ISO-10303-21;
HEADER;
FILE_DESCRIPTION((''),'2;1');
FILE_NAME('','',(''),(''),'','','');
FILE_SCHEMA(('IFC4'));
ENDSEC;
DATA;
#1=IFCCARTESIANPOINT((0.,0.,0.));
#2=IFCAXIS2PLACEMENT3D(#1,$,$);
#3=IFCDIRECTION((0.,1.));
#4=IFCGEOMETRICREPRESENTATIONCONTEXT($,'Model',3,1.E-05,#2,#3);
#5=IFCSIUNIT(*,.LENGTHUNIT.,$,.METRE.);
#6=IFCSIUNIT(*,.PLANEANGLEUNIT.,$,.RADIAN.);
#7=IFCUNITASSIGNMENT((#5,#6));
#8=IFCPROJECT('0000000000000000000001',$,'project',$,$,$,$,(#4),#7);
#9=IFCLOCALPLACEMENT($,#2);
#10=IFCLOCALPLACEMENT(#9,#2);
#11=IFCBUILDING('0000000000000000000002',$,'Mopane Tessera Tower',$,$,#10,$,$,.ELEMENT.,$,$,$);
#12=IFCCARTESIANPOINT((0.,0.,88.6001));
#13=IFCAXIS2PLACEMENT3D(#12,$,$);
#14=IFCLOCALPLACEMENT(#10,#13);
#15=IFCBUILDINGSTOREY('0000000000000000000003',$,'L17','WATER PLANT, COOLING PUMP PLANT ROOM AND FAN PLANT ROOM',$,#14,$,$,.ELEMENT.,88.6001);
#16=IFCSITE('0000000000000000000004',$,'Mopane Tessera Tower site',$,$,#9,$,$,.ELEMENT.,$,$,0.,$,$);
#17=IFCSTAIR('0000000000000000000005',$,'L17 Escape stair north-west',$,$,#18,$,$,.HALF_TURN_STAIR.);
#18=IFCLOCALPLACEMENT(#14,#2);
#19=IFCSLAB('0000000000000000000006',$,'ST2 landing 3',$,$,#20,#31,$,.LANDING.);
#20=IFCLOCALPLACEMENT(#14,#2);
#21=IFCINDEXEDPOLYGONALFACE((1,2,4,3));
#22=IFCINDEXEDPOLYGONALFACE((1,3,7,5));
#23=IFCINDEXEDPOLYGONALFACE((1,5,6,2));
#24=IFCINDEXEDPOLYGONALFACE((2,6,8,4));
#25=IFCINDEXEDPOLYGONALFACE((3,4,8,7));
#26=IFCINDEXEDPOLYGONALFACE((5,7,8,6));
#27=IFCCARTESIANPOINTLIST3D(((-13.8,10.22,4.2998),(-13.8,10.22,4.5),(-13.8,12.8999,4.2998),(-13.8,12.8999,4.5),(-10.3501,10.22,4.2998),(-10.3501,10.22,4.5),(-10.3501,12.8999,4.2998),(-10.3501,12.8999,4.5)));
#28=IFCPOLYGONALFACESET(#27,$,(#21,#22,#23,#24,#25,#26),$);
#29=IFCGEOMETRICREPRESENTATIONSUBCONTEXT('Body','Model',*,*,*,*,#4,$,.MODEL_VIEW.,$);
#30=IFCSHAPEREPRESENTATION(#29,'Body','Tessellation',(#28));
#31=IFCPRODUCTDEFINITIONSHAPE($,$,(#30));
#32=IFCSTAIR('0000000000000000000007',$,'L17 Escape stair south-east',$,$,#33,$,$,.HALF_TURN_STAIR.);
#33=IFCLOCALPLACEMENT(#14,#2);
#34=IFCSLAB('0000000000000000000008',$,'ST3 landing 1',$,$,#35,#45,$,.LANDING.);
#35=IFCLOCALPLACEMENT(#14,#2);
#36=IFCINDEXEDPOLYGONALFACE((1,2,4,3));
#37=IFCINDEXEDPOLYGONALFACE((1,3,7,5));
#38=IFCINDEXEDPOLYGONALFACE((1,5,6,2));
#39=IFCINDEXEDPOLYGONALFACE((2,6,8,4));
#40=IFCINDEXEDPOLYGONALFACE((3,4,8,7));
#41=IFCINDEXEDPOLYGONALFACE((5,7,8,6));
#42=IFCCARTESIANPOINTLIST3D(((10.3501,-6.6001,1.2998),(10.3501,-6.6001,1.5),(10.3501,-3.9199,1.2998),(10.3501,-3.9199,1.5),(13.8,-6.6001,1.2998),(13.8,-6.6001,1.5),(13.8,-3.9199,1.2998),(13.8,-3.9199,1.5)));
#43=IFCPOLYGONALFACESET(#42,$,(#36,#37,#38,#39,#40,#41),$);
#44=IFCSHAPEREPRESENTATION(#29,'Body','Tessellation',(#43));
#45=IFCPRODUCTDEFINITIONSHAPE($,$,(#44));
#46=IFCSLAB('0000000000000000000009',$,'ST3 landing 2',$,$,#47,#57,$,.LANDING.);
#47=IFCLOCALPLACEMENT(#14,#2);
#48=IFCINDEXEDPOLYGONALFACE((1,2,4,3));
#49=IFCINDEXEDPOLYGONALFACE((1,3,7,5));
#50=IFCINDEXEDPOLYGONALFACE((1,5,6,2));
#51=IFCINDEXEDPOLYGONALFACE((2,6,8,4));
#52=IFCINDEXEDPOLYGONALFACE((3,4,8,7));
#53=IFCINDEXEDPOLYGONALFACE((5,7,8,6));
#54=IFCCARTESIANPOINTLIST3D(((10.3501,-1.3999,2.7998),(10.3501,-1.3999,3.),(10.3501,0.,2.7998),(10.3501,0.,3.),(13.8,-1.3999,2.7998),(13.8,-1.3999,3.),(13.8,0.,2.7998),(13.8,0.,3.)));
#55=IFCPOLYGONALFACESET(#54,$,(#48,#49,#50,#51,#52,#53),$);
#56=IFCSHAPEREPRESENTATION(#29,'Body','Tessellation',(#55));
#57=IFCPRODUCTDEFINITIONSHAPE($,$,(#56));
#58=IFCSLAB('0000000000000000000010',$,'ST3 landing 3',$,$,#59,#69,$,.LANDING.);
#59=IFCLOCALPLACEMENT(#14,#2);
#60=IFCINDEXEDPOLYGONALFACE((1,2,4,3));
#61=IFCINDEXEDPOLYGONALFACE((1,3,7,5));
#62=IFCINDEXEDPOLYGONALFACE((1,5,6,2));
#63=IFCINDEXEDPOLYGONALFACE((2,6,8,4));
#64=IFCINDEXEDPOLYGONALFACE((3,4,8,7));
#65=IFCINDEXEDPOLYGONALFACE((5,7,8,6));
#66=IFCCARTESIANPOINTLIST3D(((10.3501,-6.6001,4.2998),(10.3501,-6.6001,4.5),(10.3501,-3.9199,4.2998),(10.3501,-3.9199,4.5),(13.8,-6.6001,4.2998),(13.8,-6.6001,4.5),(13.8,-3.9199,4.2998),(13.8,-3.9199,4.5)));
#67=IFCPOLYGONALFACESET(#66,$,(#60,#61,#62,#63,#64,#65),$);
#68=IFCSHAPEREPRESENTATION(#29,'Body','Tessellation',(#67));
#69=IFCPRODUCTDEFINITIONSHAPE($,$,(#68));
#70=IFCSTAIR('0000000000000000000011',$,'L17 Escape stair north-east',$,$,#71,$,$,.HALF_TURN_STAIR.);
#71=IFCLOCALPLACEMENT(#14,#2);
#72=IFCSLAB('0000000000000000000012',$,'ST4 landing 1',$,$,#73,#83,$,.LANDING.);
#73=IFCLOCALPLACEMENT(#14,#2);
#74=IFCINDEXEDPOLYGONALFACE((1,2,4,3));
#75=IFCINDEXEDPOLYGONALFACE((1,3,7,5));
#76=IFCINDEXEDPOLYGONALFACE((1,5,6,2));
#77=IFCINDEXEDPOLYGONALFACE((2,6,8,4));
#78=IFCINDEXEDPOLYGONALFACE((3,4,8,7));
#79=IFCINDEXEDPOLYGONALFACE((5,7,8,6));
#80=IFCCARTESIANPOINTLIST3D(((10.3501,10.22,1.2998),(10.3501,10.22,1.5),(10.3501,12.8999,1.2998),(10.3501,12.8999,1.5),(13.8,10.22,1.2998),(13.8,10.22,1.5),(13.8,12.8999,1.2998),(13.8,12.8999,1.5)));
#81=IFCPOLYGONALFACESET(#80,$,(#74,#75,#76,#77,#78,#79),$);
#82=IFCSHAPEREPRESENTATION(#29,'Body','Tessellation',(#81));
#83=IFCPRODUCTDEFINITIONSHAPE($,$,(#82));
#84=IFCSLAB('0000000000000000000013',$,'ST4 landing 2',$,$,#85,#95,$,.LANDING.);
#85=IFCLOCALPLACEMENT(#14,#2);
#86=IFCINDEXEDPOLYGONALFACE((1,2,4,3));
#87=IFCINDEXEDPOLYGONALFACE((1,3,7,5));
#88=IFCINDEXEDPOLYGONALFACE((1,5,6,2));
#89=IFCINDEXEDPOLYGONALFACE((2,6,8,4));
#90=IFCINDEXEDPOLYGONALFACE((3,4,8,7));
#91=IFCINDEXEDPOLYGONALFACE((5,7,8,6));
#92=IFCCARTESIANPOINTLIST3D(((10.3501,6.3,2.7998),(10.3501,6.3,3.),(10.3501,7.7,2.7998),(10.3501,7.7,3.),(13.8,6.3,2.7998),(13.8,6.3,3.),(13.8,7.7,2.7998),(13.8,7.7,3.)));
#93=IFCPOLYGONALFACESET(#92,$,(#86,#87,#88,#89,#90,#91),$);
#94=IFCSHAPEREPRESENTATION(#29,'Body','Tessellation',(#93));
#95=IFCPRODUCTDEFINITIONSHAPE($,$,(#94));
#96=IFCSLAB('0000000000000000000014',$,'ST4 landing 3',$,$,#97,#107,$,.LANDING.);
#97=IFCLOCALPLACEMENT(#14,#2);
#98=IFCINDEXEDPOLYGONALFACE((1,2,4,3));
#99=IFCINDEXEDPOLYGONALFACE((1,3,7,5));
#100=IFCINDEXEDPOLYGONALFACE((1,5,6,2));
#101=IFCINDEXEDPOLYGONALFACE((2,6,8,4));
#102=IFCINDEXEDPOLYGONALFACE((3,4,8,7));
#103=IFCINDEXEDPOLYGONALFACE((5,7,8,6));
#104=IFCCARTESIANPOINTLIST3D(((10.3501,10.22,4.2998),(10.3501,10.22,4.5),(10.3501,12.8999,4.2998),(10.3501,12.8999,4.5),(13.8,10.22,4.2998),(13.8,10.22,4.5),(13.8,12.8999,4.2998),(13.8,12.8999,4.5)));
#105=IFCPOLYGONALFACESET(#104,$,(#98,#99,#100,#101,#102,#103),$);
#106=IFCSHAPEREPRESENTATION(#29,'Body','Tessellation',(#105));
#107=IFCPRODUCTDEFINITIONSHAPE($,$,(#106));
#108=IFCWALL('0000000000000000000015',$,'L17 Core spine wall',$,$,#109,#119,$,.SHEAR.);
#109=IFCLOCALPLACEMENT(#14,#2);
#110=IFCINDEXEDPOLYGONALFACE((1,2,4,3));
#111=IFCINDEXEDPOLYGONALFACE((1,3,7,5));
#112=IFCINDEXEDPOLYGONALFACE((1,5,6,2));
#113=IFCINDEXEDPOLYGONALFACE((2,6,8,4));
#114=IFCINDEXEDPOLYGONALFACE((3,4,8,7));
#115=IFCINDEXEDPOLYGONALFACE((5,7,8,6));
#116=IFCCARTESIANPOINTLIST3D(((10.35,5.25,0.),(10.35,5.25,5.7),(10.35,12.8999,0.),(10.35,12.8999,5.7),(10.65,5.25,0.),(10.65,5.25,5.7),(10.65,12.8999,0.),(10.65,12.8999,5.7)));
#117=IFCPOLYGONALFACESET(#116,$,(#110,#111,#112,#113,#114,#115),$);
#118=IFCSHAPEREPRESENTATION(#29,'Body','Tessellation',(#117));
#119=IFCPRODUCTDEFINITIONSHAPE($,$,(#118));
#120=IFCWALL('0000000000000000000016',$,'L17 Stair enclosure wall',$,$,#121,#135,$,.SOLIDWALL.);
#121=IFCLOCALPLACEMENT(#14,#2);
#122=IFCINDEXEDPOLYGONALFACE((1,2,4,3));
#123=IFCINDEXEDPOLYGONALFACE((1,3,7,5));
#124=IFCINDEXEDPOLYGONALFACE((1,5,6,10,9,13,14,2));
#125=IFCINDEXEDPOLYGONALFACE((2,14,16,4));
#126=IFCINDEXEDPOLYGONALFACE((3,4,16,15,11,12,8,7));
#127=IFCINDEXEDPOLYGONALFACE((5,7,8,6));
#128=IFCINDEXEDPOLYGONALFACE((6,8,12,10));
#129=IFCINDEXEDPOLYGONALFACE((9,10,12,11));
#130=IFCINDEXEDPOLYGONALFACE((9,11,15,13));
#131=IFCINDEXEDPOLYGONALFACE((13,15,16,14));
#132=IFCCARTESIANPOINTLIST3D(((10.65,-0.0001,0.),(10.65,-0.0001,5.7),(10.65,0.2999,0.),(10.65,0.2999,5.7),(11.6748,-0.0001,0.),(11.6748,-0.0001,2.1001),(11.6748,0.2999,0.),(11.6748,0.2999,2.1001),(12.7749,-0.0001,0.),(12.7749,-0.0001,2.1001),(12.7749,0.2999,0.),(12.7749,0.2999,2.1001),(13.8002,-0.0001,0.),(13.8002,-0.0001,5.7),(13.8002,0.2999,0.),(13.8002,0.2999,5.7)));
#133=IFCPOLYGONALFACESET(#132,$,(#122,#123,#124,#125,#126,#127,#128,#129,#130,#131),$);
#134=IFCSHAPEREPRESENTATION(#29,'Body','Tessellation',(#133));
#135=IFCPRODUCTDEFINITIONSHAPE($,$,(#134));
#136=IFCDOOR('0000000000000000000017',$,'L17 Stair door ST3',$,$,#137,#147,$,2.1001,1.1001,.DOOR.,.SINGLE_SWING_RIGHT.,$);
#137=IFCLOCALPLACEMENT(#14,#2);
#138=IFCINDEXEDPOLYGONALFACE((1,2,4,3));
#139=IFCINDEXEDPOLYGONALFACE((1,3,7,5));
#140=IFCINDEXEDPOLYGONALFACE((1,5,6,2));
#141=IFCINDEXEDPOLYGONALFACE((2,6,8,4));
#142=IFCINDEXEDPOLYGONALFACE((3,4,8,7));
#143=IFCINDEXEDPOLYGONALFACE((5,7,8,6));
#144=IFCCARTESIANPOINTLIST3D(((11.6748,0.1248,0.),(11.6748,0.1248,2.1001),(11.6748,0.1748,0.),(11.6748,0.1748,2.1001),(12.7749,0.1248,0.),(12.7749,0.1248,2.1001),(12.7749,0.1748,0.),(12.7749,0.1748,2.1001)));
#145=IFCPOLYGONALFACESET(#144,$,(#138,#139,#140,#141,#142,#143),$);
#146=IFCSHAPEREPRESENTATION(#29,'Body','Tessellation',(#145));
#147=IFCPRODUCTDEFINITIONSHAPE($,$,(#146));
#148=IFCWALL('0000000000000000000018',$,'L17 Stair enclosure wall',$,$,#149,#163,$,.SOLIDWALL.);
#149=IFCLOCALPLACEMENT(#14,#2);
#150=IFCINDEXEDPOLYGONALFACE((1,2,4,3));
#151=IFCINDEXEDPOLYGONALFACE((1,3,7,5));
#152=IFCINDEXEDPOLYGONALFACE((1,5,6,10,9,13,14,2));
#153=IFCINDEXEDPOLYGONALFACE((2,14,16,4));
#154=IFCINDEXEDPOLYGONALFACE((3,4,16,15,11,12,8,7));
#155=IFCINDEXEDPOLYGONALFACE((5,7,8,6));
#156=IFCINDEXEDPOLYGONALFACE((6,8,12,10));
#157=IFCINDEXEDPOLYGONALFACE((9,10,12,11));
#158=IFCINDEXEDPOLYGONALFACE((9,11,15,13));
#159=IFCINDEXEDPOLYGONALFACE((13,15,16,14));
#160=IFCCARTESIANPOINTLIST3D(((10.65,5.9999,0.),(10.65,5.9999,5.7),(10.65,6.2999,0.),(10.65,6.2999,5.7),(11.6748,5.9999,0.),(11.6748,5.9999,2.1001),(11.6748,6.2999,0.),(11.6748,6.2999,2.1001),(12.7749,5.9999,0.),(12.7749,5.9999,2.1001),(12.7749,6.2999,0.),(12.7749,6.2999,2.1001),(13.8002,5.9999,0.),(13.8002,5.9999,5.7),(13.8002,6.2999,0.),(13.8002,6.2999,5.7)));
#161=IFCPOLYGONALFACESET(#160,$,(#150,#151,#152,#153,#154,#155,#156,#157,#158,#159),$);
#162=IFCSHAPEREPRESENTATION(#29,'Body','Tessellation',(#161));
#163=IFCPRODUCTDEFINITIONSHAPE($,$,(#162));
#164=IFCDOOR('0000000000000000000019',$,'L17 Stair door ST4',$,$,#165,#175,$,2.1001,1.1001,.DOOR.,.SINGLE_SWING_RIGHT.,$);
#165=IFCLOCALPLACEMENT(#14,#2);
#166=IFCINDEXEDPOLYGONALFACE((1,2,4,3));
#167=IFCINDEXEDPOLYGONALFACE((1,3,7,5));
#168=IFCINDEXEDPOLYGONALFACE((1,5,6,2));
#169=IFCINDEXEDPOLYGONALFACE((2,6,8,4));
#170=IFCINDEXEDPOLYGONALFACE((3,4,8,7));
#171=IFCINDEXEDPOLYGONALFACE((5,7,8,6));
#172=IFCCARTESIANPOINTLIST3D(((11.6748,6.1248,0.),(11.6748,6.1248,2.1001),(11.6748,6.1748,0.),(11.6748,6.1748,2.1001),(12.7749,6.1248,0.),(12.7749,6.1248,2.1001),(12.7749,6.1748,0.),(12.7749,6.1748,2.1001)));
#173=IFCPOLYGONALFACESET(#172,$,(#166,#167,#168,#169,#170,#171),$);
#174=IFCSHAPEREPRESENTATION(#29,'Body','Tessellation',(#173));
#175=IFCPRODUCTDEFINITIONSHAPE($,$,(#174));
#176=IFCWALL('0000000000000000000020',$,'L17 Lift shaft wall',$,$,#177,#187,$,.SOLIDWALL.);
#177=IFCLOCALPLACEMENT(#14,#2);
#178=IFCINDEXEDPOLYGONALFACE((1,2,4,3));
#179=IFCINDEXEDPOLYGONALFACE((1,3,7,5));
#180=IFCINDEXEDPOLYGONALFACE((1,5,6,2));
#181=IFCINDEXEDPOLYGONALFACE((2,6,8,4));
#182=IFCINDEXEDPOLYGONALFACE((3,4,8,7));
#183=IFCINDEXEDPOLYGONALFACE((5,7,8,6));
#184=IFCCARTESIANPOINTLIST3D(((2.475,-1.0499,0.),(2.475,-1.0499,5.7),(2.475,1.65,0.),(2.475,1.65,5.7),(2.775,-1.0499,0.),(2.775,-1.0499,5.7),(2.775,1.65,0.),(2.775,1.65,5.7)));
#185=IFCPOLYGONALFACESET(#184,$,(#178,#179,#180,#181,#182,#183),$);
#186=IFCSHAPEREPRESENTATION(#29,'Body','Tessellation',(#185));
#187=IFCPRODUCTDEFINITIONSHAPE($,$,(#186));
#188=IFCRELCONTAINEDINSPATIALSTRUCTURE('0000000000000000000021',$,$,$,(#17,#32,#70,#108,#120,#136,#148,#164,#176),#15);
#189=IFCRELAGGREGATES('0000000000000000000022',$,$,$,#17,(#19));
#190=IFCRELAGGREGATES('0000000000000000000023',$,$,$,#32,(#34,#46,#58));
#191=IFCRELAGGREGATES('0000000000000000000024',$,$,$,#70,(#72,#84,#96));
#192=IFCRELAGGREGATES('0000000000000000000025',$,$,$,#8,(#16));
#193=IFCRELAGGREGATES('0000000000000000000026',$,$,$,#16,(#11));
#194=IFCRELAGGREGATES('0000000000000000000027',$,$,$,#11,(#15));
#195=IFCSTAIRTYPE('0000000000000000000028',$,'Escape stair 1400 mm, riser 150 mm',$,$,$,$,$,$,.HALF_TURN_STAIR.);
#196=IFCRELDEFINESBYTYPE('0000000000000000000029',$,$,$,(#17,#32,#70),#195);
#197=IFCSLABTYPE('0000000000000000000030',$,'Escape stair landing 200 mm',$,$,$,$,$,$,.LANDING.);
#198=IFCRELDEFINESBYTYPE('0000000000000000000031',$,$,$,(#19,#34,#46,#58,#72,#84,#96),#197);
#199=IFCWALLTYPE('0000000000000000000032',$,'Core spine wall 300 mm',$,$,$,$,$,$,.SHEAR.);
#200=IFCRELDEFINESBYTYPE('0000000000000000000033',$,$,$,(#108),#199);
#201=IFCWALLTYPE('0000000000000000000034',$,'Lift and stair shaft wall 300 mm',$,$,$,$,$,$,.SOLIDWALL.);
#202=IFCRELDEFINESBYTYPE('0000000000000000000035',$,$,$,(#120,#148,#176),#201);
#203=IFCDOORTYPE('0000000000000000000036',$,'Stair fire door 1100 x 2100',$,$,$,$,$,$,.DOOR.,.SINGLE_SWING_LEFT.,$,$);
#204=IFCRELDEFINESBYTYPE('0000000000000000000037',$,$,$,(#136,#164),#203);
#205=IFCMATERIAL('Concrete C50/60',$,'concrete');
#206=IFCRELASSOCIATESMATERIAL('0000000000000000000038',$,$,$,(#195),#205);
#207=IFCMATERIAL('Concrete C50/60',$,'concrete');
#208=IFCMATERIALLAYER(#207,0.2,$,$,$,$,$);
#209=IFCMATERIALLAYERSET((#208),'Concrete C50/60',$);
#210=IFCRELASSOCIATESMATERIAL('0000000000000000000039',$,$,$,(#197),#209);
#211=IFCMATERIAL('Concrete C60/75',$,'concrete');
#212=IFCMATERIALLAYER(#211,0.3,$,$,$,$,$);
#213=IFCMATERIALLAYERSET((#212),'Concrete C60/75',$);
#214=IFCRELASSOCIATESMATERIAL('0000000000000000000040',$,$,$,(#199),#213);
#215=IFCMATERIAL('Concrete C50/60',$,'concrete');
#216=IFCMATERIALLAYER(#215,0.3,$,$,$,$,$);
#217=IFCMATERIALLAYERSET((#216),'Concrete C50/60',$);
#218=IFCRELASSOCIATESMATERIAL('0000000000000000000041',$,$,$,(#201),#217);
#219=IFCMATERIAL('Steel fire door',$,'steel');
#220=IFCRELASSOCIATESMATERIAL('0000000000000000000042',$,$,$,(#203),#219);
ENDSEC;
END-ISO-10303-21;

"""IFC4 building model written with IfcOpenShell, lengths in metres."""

from ifc_helpers import new_model, si_unit, direction, frame, frame_2d, origin, place, context, subcontext, project, spatial, polyline, rectangle, outline, extrude, material, layer, layer_set, type_object, element, fill, aggregate, save


model = new_model("IFC4")

# Units and contexts
model_context = context("Model", 3, precision=1e-05, world=origin(), true_north=direction((0.0, 1.0)))
body_context = subcontext(model_context, "Body", "Model", "MODEL_VIEW")
ifc_project = project(units=[si_unit("LENGTHUNIT", "METRE"), si_unit("PLANEANGLEUNIT", "RADIAN")], contexts=[model_context])

# Site, building, storey
site_placement = place(None, origin())
site = spatial("IfcSite", under=ifc_project, at=site_placement, Name="Mopane Tessera Tower site", CompositionType="ELEMENT", RefElevation=0.0)
building_placement = place(site_placement, origin())
building = spatial("IfcBuilding", under=site, at=building_placement, Name="Mopane Tessera Tower", CompositionType="ELEMENT")
storey_placement = place(building_placement, frame((0.0, 0.0, 88.6001)))
storey = spatial("IfcBuildingStorey", under=building, at=storey_placement, Name="L17", Description="WATER PLANT, COOLING PUMP PLANT ROOM AND FAN PLANT ROOM", CompositionType="ELEMENT", Elevation=88.6001)

# Stairs, slabs
ifc_material_1 = material(Name="Concrete C50/60", Category="concrete")
stair_type = type_object("IfcStairType", Name="Escape stair 1400 mm, riser 150 mm", PredefinedType="HALF_TURN_STAIR", material=ifc_material_1)
ifc_material_2 = material(Name="Concrete C50/60", Category="concrete")
ifc_layer_1 = layer(ifc_material_2, 0.2)
ifc_layer_set_1 = layer_set([ifc_layer_1], Name="Concrete C50/60")
slab_type_1 = type_object("IfcSlabType", Name="Escape stair landing 200 mm", PredefinedType="LANDING", material=ifc_layer_set_1)
stair_1_placement = place(storey_placement, origin())
stair_1 = element("IfcStair", 1, at=stair_1_placement, inside=storey, type_object=stair_type, Name="L17 Escape stair north-west", PredefinedType="HALF_TURN_STAIR")
slab_1_placement = place(storey_placement, frame((0.0, 0.0, 4.2998)))
slab_1 = element("IfcSlab", 2, at=slab_1_placement, type_object=slab_type_1, Name="ST2 landing 3", PredefinedType="LANDING", context=body_context, shape_type="SweptSolid", body=[
    extrude(outline(polyline([(-10.3501, 10.22), (-10.3501, 12.8999), (-13.8, 12.8999), (-13.8, 10.22), (-10.3501, 10.22)])), origin(), (0.0, 0.0, 1.0), 0.2002),
])
aggregate(stair_1, [slab_1])
stair_2_placement = place(storey_placement, origin())
stair_2 = element("IfcStair", 3, at=stair_2_placement, inside=storey, type_object=stair_type, Name="L17 Escape stair south-east", PredefinedType="HALF_TURN_STAIR")
slab_2_placement = place(storey_placement, frame((0.0, 0.0, 1.2998)))
slab_2 = element("IfcSlab", 4, at=slab_2_placement, type_object=slab_type_1, Name="ST3 landing 1", PredefinedType="LANDING", context=body_context, shape_type="SweptSolid", body=[
    extrude(outline(polyline([(10.3501, -3.9199), (10.3501, -6.6001), (13.8, -6.6001), (13.8, -3.9199), (10.3501, -3.9199)])), origin(), (0.0, 0.0, 1.0), 0.2002),
])
slab_3_placement = place(storey_placement, frame((0.0, 0.0, 2.7998)))
slab_3 = element("IfcSlab", 5, at=slab_3_placement, type_object=slab_type_1, Name="ST3 landing 2", PredefinedType="LANDING", context=body_context, shape_type="SweptSolid", body=[
    extrude(outline(polyline([(10.3501, 0.0), (10.3501, -1.3999), (13.8, -1.3999), (13.8, 0.0), (10.3501, 0.0)])), origin(), (0.0, 0.0, 1.0), 0.2002),
])
slab_4_placement = place(storey_placement, frame((0.0, 0.0, 4.2998)))
slab_4 = element("IfcSlab", 6, at=slab_4_placement, type_object=slab_type_1, Name="ST3 landing 3", PredefinedType="LANDING", context=body_context, shape_type="SweptSolid", body=[
    extrude(outline(polyline([(10.3501, -3.9199), (10.3501, -6.6001), (13.8, -6.6001), (13.8, -3.9199), (10.3501, -3.9199)])), origin(), (0.0, 0.0, 1.0), 0.2002),
])
aggregate(stair_2, [slab_2, slab_3, slab_4])
stair_3_placement = place(storey_placement, origin())
stair_3 = element("IfcStair", 7, at=stair_3_placement, inside=storey, type_object=stair_type, Name="L17 Escape stair north-east", PredefinedType="HALF_TURN_STAIR")
slab_5_placement = place(storey_placement, frame((0.0, 0.0, 1.2998)))
slab_5 = element("IfcSlab", 8, at=slab_5_placement, type_object=slab_type_1, Name="ST4 landing 1", PredefinedType="LANDING", context=body_context, shape_type="SweptSolid", body=[
    extrude(outline(polyline([(13.8, 10.22), (13.8, 12.8999), (10.3501, 12.8999), (10.3501, 10.22), (13.8, 10.22)])), origin(), (0.0, 0.0, 1.0), 0.2002),
])
slab_6_placement = place(storey_placement, frame((0.0, 0.0, 2.7998)))
slab_6 = element("IfcSlab", 9, at=slab_6_placement, type_object=slab_type_1, Name="ST4 landing 2", PredefinedType="LANDING", context=body_context, shape_type="SweptSolid", body=[
    extrude(outline(polyline([(13.8, 6.3), (13.8, 7.7), (10.3501, 7.7), (10.3501, 6.3), (13.8, 6.3)])), origin(), (0.0, 0.0, 1.0), 0.2002),
])
slab_7_placement = place(storey_placement, frame((0.0, 0.0, 4.2998)))
slab_7 = element("IfcSlab", 10, at=slab_7_placement, type_object=slab_type_1, Name="ST4 landing 3", PredefinedType="LANDING", context=body_context, shape_type="SweptSolid", body=[
    extrude(outline(polyline([(13.8, 10.22), (13.8, 12.8999), (10.3501, 12.8999), (10.3501, 10.22), (13.8, 10.22)])), origin(), (0.0, 0.0, 1.0), 0.2002),
])
aggregate(stair_3, [slab_5, slab_6, slab_7])

# Wall
ifc_material_3 = material(Name="Concrete C60/75", Category="concrete")
ifc_layer_2 = layer(ifc_material_3, 0.3)
ifc_layer_set_2 = layer_set([ifc_layer_2], Name="Concrete C60/75")
wall_type_1 = type_object("IfcWallType", Name="Core spine wall 300 mm", PredefinedType="SHEAR", material=ifc_layer_set_2)
wall_1_placement = place(storey_placement, frame((10.5, 5.25, 0.0), z_axis=(0.0, 0.0, 1.0), x_axis=(0.0, 1.0, 0.0)))
element("IfcWall", 11, at=wall_1_placement, inside=storey, type_object=wall_type_1, Name="L17 Core spine wall", PredefinedType="SHEAR", context=body_context, shape_type="SweptSolid", body=[
    extrude(rectangle(XDim=7.6499, YDim=0.3, at=frame_2d((3.825, 0.0))), origin(), (0.0, 0.0, 1.0), 5.7),
])

# Walls, openings, doors
ifc_material_4 = material(Name="Concrete C50/60", Category="concrete")
ifc_layer_3 = layer(ifc_material_4, 0.3)
ifc_layer_set_3 = layer_set([ifc_layer_3], Name="Concrete C50/60")
wall_type_2 = type_object("IfcWallType", Name="Lift and stair shaft wall 300 mm", PredefinedType="SOLIDWALL", material=ifc_layer_set_3)
wall_2_placement = place(storey_placement, frame((10.6499, 0.1499, 0.0), z_axis=(0.0, 0.0, 1.0), x_axis=(1.0, 0.0, 0.0)))
wall_2 = element("IfcWall", 12, at=wall_2_placement, inside=storey, type_object=wall_type_2, Name="L17 Stair enclosure wall", PredefinedType="SOLIDWALL", context=body_context, shape_type="SweptSolid", body=[
    extrude(rectangle(XDim=3.1501, YDim=0.3, at=frame_2d((1.5752, 0.0))), origin(), (0.0, 0.0, 1.0), 5.7),
])
opening_1_placement = place(wall_2_placement, frame((1.0249, 0.0, 0.0)))
opening_1 = element("IfcOpeningElement", 13, at=opening_1_placement, cuts=wall_2, PredefinedType="OPENING", context=body_context, shape_type="SweptSolid", body=[
    extrude(rectangle(XDim=1.1001, YDim=2.1001, at=frame_2d((0.55, 1.05))), frame((0.0, 0.1621, 0.0), z_axis=(0.0, -1.0, 0.0), x_axis=(1.0, 0.0, 0.0)), (0.0, 0.0, 1.0), 0.324),
])
ifc_material_5 = material(Name="Steel fire door", Category="steel")
door_type_1 = type_object("IfcDoorType", Name="Stair fire door 1100 x 2100", OperationType="SINGLE_SWING_LEFT", PredefinedType="DOOR", material=ifc_material_5)
door_1_placement = place(opening_1_placement, origin())
door_1 = element("IfcDoor", 14, at=door_1_placement, inside=storey, type_object=door_type_1, Name="L17 Stair door ST3", OperationType="SINGLE_SWING_RIGHT", OverallHeight=2.1001, OverallWidth=1.1001, PredefinedType="DOOR", context=body_context, shape_type="SweptSolid", body=[
    extrude(rectangle(XDim=1.1001, YDim=2.1001, at=frame_2d((0.55, 1.05))), frame((0.0, 0.0249, 0.0), z_axis=(0.0, -1.0, 0.0), x_axis=(1.0, 0.0, 0.0)), (0.0, 0.0, 1.0), 0.05),
])
fill(opening_1, door_1)
wall_3_placement = place(storey_placement, frame((10.6499, 6.1499, 0.0), z_axis=(0.0, 0.0, 1.0), x_axis=(1.0, 0.0, 0.0)))
wall_3 = element("IfcWall", 15, at=wall_3_placement, inside=storey, type_object=wall_type_2, Name="L17 Stair enclosure wall", PredefinedType="SOLIDWALL", context=body_context, shape_type="SweptSolid", body=[
    extrude(rectangle(XDim=3.1501, YDim=0.3, at=frame_2d((1.5752, 0.0))), origin(), (0.0, 0.0, 1.0), 5.7),
])
opening_2_placement = place(wall_3_placement, frame((1.0249, 0.0, 0.0)))
opening_2 = element("IfcOpeningElement", 16, at=opening_2_placement, cuts=wall_3, PredefinedType="OPENING", context=body_context, shape_type="SweptSolid", body=[
    extrude(rectangle(XDim=1.1001, YDim=2.1001, at=frame_2d((0.55, 1.05))), frame((0.0, 0.1621, 0.0), z_axis=(0.0, -1.0, 0.0), x_axis=(1.0, 0.0, 0.0)), (0.0, 0.0, 1.0), 0.324),
])
door_2_placement = place(opening_2_placement, origin())
door_2 = element("IfcDoor", 17, at=door_2_placement, inside=storey, type_object=door_type_1, Name="L17 Stair door ST4", OperationType="SINGLE_SWING_RIGHT", OverallHeight=2.1001, OverallWidth=1.1001, PredefinedType="DOOR", context=body_context, shape_type="SweptSolid", body=[
    extrude(rectangle(XDim=1.1001, YDim=2.1001, at=frame_2d((0.55, 1.05))), frame((0.0, 0.0249, 0.0), z_axis=(0.0, -1.0, 0.0), x_axis=(1.0, 0.0, 0.0)), (0.0, 0.0, 1.0), 0.05),
])
fill(opening_2, door_2)

# Wall
for number, where, z_axis, x_axis, name in (
    (18, (2.625, -1.05, 0.0), (0.0, 0.0, 1.0), (0.0, 1.0, 0.0), "L17 Lift shaft wall"),
):
    element("IfcWall", number, at=place(storey_placement, frame(where, z_axis=z_axis, x_axis=x_axis)), inside=storey, type_object=wall_type_2, Name=name, PredefinedType="SOLIDWALL", context=body_context, shape_type="SweptSolid", body=[
        extrude(rectangle(XDim=2.7, YDim=0.3, at=frame_2d((1.3501, 0.0))), origin(), (0.0, 0.0, 1.0), 5.7),
    ])

save(model, "model.ifc")
